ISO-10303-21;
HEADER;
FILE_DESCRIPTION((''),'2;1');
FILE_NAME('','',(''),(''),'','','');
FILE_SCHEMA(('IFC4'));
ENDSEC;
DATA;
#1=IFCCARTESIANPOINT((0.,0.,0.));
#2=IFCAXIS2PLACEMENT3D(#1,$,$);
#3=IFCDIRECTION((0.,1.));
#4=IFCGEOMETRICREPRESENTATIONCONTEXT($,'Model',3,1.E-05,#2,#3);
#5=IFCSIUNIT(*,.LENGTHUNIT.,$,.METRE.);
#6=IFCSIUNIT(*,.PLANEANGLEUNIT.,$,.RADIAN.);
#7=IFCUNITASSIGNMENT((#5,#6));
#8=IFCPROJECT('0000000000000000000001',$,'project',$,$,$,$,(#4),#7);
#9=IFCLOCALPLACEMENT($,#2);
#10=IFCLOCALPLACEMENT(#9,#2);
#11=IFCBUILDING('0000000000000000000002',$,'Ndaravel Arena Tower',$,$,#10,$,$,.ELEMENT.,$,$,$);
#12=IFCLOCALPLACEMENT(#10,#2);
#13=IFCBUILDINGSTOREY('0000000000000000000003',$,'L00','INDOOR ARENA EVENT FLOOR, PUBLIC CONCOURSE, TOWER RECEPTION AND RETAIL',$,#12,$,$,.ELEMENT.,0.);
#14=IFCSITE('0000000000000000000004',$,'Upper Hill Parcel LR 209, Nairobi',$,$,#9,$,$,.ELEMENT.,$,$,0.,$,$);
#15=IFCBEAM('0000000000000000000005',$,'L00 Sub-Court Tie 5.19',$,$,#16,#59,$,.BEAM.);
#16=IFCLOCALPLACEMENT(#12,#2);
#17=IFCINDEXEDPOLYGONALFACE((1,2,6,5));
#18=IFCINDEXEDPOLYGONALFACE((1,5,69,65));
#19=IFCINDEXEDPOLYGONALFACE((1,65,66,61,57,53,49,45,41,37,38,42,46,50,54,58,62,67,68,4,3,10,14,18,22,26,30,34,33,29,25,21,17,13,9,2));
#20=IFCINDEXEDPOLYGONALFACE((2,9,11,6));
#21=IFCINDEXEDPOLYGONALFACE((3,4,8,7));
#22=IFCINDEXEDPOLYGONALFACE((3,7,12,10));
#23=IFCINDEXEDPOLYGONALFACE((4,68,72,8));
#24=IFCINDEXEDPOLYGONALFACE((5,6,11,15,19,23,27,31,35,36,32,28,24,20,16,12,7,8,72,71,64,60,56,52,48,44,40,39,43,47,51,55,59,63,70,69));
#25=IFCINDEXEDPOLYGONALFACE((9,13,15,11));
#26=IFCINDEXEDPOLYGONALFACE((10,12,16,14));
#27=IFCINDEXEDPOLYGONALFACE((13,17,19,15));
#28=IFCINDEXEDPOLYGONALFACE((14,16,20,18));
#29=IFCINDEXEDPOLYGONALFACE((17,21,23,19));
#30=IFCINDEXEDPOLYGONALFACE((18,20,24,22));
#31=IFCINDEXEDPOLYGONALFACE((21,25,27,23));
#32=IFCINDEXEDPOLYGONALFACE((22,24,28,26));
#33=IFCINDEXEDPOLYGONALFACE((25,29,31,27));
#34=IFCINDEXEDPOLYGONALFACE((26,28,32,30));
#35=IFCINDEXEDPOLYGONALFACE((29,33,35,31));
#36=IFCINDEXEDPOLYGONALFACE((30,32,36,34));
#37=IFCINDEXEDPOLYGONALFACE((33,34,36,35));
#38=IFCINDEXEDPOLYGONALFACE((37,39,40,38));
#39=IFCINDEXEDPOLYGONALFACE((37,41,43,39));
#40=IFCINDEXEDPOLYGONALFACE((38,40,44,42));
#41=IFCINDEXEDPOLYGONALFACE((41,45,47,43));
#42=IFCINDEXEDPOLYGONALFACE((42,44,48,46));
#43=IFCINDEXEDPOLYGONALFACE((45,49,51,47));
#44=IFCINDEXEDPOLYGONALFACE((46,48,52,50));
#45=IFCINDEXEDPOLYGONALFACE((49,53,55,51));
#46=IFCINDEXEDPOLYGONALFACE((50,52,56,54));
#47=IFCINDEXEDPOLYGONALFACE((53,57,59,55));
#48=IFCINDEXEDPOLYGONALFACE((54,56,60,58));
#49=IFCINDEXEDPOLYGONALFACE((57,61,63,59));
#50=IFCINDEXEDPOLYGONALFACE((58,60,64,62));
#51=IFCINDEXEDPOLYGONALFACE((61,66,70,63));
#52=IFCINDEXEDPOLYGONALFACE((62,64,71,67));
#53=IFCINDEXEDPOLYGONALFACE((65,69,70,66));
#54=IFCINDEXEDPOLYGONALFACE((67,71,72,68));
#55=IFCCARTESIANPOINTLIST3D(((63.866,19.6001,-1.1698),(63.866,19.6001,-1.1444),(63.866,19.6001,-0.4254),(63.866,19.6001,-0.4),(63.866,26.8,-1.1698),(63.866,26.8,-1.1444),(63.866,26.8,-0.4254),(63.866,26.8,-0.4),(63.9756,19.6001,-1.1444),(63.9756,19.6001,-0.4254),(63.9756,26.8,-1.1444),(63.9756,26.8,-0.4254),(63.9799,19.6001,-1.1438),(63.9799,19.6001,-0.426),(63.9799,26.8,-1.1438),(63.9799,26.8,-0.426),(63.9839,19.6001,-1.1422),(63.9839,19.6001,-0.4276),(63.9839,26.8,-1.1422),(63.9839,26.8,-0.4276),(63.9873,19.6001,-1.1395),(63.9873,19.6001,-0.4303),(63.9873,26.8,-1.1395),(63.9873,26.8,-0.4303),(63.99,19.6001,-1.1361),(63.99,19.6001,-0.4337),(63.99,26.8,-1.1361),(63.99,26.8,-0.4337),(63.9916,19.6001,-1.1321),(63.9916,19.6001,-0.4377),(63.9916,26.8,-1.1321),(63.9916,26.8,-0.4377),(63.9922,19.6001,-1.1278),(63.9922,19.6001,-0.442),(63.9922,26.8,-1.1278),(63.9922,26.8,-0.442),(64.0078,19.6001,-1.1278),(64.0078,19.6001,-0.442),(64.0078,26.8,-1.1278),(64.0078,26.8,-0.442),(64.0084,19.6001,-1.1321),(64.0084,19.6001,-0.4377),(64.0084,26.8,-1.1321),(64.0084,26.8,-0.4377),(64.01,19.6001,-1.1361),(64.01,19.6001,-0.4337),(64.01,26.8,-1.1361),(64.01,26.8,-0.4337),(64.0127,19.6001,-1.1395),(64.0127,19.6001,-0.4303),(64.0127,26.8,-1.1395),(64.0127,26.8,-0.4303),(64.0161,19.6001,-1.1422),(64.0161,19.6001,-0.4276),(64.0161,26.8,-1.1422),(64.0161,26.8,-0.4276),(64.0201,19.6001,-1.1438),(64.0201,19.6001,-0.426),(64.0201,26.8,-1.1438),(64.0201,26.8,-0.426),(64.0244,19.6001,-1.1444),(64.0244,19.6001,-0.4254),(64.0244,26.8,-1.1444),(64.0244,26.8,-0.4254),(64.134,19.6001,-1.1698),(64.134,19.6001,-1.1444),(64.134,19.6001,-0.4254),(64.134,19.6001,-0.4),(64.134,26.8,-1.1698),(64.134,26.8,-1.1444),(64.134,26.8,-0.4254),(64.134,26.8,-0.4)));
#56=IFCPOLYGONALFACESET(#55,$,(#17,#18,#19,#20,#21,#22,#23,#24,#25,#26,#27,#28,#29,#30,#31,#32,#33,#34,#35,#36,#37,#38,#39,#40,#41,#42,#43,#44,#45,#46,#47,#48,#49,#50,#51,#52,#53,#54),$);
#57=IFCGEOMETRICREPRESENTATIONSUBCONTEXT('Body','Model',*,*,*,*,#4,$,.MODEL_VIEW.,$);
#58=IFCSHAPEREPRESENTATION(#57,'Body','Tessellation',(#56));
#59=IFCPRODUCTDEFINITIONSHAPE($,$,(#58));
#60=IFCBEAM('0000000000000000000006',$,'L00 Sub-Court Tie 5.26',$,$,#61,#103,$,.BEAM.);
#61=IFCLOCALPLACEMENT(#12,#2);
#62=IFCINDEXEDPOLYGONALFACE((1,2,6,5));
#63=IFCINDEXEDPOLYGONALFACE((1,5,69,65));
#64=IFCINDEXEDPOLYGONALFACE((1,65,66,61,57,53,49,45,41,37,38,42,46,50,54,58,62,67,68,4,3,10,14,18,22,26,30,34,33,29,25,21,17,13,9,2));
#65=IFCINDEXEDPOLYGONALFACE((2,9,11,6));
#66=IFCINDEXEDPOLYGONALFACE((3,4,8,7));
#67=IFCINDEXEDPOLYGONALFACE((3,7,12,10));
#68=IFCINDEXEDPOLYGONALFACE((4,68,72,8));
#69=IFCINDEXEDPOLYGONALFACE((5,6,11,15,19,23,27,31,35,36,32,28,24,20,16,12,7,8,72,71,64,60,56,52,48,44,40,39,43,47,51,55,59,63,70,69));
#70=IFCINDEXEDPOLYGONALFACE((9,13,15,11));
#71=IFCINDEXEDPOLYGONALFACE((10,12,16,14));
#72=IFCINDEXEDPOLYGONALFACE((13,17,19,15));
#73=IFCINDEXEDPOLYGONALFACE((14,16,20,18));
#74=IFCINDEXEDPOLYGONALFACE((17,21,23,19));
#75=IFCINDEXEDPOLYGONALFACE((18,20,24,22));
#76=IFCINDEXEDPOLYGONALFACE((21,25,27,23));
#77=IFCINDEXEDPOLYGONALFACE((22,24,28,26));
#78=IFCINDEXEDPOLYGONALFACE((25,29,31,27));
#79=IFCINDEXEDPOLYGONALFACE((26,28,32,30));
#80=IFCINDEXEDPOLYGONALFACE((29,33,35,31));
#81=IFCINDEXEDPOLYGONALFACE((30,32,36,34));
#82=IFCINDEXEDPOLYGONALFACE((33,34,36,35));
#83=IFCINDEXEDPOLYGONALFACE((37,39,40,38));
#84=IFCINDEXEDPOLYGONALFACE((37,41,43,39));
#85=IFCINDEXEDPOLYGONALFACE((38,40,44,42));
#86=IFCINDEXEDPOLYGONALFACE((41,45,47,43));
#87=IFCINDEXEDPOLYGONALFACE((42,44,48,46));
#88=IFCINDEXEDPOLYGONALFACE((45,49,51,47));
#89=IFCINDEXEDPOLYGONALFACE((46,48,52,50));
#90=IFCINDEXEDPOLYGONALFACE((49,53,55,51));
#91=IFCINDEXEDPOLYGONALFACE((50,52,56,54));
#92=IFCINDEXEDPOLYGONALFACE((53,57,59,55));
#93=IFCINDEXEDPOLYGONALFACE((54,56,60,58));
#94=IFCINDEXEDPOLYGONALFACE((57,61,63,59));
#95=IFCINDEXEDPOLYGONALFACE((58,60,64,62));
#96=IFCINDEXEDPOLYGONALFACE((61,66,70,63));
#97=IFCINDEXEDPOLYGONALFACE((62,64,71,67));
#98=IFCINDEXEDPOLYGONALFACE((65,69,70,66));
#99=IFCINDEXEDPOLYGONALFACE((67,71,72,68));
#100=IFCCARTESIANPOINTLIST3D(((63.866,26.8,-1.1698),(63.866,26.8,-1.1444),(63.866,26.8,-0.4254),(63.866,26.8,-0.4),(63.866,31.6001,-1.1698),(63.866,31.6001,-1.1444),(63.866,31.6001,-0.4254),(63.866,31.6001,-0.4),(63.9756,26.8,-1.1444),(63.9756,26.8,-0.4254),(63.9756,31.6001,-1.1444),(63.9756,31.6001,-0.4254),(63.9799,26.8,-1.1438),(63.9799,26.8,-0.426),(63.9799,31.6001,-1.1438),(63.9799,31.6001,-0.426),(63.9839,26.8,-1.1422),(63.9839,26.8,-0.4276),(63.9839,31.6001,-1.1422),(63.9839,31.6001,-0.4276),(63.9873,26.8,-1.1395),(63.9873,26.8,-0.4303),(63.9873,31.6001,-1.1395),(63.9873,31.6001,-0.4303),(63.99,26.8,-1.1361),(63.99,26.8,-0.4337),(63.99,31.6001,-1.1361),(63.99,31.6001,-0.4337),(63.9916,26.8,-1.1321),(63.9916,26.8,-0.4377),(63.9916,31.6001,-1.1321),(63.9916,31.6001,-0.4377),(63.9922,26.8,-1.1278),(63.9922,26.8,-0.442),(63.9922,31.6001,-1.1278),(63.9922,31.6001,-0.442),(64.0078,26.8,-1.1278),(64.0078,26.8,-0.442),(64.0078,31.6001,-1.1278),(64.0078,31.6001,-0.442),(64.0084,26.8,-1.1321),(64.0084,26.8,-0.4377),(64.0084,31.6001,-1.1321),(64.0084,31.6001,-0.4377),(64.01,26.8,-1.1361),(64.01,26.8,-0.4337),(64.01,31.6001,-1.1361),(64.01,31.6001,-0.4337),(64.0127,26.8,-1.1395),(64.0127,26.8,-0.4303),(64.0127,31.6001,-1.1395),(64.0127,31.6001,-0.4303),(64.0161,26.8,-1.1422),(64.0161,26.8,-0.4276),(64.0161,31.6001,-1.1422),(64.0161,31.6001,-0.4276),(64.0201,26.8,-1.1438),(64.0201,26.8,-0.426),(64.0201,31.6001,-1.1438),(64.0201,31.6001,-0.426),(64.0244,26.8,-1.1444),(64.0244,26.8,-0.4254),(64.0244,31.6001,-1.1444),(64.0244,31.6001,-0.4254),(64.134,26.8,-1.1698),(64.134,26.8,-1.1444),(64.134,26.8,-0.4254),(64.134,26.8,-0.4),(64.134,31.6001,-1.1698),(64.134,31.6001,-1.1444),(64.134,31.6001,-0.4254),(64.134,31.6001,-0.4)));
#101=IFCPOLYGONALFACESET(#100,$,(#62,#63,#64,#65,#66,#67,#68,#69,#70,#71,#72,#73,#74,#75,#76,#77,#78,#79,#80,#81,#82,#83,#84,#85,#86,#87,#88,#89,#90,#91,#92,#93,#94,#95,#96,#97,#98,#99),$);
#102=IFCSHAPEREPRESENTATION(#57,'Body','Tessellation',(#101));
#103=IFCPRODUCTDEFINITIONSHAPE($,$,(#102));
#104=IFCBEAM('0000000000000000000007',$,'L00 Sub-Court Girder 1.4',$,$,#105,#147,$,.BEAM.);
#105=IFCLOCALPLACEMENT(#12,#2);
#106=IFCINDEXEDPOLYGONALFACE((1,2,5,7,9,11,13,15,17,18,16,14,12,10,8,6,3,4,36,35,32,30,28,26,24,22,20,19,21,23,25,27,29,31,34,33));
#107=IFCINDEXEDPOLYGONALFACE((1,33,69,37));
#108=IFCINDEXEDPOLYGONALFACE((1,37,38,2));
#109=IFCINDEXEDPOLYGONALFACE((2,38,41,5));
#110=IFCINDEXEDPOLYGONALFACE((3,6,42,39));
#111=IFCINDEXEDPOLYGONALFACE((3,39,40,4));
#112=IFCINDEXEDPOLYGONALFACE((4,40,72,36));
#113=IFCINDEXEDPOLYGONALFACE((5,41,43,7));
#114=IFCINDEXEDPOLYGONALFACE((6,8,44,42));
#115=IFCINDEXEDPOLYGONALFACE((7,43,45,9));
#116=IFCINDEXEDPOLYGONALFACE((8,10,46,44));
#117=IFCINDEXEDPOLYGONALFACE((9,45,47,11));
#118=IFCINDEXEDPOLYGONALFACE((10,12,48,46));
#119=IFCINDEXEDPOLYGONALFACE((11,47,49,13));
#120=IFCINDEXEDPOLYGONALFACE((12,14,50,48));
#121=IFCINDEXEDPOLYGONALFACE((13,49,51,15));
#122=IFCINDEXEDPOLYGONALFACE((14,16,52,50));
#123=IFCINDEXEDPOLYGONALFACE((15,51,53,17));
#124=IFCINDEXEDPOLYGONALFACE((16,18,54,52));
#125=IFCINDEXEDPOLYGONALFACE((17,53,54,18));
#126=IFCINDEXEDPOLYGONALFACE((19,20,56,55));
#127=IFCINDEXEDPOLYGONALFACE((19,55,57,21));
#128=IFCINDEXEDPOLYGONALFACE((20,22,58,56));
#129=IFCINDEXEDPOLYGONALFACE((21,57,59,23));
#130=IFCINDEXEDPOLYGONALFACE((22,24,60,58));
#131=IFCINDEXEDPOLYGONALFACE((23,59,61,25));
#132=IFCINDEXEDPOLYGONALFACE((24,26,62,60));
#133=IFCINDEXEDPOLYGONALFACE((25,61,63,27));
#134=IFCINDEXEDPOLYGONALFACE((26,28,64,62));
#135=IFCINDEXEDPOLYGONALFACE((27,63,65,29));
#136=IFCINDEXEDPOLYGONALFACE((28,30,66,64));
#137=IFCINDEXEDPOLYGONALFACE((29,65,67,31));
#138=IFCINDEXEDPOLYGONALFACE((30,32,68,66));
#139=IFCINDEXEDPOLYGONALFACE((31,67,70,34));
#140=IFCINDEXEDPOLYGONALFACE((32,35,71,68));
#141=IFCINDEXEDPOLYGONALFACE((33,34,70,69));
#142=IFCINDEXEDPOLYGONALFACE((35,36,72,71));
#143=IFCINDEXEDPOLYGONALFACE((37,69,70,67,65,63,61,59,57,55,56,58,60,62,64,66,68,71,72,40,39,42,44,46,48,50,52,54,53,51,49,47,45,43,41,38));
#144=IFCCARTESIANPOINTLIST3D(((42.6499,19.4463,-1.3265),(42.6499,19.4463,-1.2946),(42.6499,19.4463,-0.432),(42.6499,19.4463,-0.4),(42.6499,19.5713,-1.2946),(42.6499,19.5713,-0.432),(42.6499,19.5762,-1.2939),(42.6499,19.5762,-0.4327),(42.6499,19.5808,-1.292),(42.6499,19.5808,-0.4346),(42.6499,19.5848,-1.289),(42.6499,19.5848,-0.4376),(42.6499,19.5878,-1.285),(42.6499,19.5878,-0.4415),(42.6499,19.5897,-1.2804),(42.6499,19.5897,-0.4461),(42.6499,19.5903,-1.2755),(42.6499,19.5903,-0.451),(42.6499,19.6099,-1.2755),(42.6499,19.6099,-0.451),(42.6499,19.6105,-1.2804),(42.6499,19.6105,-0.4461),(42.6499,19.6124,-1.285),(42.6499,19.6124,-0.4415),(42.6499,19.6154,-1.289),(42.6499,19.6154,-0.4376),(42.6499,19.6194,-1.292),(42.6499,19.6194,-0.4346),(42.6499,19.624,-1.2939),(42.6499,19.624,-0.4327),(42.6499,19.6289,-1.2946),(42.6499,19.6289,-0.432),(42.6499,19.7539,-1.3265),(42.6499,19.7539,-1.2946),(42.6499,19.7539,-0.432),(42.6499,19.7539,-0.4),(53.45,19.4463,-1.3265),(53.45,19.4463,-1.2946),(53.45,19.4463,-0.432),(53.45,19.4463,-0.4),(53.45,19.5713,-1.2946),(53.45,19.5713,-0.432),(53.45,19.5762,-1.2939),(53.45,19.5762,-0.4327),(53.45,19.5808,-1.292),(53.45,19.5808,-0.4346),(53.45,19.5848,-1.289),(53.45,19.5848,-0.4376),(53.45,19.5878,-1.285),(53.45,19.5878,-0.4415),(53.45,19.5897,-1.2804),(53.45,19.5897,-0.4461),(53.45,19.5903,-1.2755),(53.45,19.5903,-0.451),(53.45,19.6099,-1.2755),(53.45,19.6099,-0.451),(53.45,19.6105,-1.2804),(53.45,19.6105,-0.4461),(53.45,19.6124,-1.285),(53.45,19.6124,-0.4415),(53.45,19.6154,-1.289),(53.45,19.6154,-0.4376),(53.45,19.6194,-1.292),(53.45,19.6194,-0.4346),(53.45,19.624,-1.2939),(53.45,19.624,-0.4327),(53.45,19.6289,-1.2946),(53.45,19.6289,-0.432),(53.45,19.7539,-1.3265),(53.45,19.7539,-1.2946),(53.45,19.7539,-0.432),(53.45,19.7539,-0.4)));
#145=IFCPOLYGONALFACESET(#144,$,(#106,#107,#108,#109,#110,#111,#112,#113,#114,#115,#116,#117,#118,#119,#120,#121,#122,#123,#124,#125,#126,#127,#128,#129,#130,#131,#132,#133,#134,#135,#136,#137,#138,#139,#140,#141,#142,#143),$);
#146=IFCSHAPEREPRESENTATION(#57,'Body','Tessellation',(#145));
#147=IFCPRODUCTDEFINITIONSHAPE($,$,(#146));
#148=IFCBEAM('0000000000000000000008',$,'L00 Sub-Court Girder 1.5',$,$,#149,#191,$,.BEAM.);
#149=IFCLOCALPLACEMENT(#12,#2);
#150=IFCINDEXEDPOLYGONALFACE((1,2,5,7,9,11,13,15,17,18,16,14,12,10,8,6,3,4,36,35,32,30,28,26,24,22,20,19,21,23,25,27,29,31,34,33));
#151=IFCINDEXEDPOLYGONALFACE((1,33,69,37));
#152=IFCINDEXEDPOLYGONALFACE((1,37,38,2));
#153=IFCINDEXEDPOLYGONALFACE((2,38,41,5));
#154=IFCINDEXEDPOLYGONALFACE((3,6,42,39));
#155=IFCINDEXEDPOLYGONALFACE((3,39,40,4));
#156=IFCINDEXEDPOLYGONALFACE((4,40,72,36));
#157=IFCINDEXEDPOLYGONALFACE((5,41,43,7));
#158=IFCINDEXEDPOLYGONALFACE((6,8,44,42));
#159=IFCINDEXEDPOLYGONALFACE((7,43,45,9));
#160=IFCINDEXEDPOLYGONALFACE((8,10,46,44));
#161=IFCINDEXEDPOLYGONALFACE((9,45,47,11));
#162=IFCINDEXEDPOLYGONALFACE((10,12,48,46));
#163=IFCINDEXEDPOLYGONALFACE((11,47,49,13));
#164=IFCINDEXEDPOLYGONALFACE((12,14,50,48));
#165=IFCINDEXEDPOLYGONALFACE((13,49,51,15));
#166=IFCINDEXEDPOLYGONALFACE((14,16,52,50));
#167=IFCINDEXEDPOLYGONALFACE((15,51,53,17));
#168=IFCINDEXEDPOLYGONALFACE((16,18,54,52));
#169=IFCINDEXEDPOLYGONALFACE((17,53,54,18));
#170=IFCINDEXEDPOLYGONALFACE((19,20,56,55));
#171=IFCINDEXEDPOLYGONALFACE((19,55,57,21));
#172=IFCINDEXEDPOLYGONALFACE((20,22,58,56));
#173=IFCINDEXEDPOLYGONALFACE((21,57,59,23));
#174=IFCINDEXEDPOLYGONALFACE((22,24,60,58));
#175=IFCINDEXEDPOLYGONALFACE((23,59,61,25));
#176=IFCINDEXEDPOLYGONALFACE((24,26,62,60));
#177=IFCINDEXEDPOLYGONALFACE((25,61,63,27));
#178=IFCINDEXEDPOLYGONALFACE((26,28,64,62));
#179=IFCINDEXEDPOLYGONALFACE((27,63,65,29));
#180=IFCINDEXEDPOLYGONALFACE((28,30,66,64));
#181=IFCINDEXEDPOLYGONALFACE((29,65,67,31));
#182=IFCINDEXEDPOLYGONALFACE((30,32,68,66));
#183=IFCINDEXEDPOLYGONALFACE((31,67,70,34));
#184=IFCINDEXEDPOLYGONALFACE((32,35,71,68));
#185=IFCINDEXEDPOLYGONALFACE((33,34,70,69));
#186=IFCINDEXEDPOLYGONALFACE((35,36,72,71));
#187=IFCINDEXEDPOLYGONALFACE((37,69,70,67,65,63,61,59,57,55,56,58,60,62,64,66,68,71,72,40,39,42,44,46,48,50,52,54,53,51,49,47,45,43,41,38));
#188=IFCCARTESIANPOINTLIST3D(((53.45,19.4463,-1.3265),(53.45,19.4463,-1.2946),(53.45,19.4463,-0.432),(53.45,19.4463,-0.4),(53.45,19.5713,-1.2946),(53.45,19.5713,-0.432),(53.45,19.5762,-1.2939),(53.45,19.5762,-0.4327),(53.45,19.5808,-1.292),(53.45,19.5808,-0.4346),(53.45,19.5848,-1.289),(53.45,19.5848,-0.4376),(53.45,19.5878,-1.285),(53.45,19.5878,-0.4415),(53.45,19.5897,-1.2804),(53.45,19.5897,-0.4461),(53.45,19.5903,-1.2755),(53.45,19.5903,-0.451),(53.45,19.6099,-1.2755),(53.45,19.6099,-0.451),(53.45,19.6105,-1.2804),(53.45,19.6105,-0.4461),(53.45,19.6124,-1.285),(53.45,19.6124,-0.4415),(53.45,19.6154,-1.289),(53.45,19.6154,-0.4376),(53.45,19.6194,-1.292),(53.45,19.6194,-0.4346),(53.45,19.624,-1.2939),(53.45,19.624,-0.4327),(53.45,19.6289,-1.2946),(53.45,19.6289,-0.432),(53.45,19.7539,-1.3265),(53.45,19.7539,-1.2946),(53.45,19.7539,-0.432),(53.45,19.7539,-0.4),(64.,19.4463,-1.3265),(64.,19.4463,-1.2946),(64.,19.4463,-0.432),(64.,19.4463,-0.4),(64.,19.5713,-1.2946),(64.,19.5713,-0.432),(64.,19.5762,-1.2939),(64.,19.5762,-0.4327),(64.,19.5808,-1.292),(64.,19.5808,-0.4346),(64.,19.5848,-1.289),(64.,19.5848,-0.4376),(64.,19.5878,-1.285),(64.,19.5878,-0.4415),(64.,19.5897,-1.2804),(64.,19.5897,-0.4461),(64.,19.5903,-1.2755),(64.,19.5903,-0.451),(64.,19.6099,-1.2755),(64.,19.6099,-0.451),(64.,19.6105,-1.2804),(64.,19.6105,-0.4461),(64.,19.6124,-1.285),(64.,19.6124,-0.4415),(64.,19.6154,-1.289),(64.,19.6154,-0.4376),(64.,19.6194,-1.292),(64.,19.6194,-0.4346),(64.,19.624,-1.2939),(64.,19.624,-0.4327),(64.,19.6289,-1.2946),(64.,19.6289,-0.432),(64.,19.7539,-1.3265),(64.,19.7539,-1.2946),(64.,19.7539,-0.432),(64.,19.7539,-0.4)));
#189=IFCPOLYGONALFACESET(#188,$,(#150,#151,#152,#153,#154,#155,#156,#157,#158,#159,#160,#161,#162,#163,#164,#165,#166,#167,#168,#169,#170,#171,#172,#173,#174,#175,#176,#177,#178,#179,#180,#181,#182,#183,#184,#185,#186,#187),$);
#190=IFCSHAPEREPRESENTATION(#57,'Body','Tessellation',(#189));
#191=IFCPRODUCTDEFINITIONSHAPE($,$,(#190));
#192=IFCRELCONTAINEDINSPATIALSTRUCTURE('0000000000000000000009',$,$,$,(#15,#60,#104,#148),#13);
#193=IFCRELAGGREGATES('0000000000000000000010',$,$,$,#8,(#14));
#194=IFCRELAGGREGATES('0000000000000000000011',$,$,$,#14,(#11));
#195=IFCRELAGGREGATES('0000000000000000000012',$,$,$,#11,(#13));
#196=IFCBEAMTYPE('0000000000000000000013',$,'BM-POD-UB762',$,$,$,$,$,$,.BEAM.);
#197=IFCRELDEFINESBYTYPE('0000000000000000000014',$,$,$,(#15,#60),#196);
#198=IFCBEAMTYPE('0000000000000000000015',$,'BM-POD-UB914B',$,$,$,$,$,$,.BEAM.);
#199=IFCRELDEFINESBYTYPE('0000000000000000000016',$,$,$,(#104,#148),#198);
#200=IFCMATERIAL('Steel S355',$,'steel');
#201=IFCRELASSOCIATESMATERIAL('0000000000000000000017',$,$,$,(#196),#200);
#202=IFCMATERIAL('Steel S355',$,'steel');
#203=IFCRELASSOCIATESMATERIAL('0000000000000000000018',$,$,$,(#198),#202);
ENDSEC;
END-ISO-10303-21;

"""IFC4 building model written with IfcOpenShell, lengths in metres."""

from ifc_helpers import new_model, si_unit, direction, frame, origin, origin_2d, place, context, subcontext, project, spatial, i_section, extrude, material, material_profile, profile_set, type_object, element, save


model = new_model("IFC4")

# Units and contexts
model_context = context("Model", 3, precision=1e-05, world=origin(), true_north=direction((0.0, 1.0)))
body_context = subcontext(model_context, "Body", "Model", "MODEL_VIEW")
ifc_project = project(units=[si_unit("LENGTHUNIT", "METRE"), si_unit("PLANEANGLEUNIT", "RADIAN")], contexts=[model_context])

# Site, building, storey
site_placement = place(None, origin())
site = spatial("IfcSite", under=ifc_project, at=site_placement, Name="Upper Hill Parcel LR 209, Nairobi", CompositionType="ELEMENT", RefElevation=0.0)
building_placement = place(site_placement, origin())
building = spatial("IfcBuilding", under=site, at=building_placement, Name="Ndaravel Arena Tower", CompositionType="ELEMENT")
storey_placement = place(building_placement, origin())
storey = spatial("IfcBuildingStorey", under=building, at=storey_placement, Name="L00", Description="INDOOR ARENA EVENT FLOOR, PUBLIC CONCOURSE, TOWER RECEPTION AND RETAIL", CompositionType="ELEMENT", Elevation=0.0)

# Beams
ifc_material_1 = material(Name="Steel S355", Category="steel")
ifc_material_profile_1 = material_profile(ifc_material_1, i_section(OverallWidth=0.2681, OverallDepth=0.7698, WebThickness=0.0156, FlangeThickness=0.0254, FilletRadius=0.0166, at=origin_2d()), Name="UB 762x267x197")
ifc_profile_set_1 = profile_set([ifc_material_profile_1], Name="Steel S355")
beam_type_1 = type_object("IfcBeamType", Name="BM-POD-UB762", PredefinedType="BEAM", material=ifc_profile_set_1)
for number, where, z_axis, x_axis, name in (
    (1, (64.0, 19.6001, -0.7849), (0.0, 1.0, 0.0), (-1.0, 0.0, 0.0), "L00 Sub-Court Tie 5.19"),
):
    element("IfcBeam", number, at=place(storey_placement, frame(where, z_axis=z_axis, x_axis=x_axis)), inside=storey, type_object=beam_type_1, Name=name, PredefinedType="BEAM", context=body_context, shape_type="SweptSolid", body=[
        extrude(i_section(OverallWidth=0.2681, OverallDepth=0.7698, WebThickness=0.0156, FlangeThickness=0.0254, FilletRadius=0.0166, at=origin_2d()), origin(), (0.0, 0.0, 1.0), 7.2),
    ])
beam_1_placement = place(storey_placement, frame((64.0, 26.8, -0.7849), z_axis=(0.0, 1.0, 0.0), x_axis=(-1.0, 0.0, 0.0)))
element("IfcBeam", 2, at=beam_1_placement, inside=storey, type_object=beam_type_1, Name="L00 Sub-Court Tie 5.26", PredefinedType="BEAM", context=body_context, shape_type="SweptSolid", body=[
    extrude(i_section(OverallWidth=0.2681, OverallDepth=0.7698, WebThickness=0.0156, FlangeThickness=0.0254, FilletRadius=0.0166, at=origin_2d()), origin(), (0.0, 0.0, 1.0), 4.8),
])
ifc_material_2 = material(Name="Steel S355", Category="steel")
ifc_material_profile_2 = material_profile(ifc_material_2, i_section(OverallWidth=0.3076, OverallDepth=0.9265, WebThickness=0.0195, FlangeThickness=0.032, FilletRadius=0.019, at=origin_2d()), Name="UB 914x305x289")
ifc_profile_set_2 = profile_set([ifc_material_profile_2], Name="Steel S355")
beam_type_2 = type_object("IfcBeamType", Name="BM-POD-UB914B", PredefinedType="BEAM", material=ifc_profile_set_2)
beam_2_placement = place(storey_placement, frame((42.6499, 19.6001, -0.8633), z_axis=(1.0, 0.0, 0.0), x_axis=(0.0, 1.0, 0.0)))
element("IfcBeam", 3, at=beam_2_placement, inside=storey, type_object=beam_type_2, Name="L00 Sub-Court Girder 1.4", PredefinedType="BEAM", context=body_context, shape_type="SweptSolid", body=[
    extrude(i_section(OverallWidth=0.3076, OverallDepth=0.9265, WebThickness=0.0195, FlangeThickness=0.032, FilletRadius=0.019, at=origin_2d()), origin(), (0.0, 0.0, 1.0), 10.8),
])
beam_3_placement = place(storey_placement, frame((53.45, 19.6001, -0.8633), z_axis=(1.0, 0.0, 0.0), x_axis=(0.0, 1.0, 0.0)))
element("IfcBeam", 4, at=beam_3_placement, inside=storey, type_object=beam_type_2, Name="L00 Sub-Court Girder 1.5", PredefinedType="BEAM", context=body_context, shape_type="SweptSolid", body=[
    extrude(i_section(OverallWidth=0.3076, OverallDepth=0.9265, WebThickness=0.0195, FlangeThickness=0.032, FilletRadius=0.019, at=origin_2d()), origin(), (0.0, 0.0, 1.0), 10.55),
])

save(model, "model.ifc")
